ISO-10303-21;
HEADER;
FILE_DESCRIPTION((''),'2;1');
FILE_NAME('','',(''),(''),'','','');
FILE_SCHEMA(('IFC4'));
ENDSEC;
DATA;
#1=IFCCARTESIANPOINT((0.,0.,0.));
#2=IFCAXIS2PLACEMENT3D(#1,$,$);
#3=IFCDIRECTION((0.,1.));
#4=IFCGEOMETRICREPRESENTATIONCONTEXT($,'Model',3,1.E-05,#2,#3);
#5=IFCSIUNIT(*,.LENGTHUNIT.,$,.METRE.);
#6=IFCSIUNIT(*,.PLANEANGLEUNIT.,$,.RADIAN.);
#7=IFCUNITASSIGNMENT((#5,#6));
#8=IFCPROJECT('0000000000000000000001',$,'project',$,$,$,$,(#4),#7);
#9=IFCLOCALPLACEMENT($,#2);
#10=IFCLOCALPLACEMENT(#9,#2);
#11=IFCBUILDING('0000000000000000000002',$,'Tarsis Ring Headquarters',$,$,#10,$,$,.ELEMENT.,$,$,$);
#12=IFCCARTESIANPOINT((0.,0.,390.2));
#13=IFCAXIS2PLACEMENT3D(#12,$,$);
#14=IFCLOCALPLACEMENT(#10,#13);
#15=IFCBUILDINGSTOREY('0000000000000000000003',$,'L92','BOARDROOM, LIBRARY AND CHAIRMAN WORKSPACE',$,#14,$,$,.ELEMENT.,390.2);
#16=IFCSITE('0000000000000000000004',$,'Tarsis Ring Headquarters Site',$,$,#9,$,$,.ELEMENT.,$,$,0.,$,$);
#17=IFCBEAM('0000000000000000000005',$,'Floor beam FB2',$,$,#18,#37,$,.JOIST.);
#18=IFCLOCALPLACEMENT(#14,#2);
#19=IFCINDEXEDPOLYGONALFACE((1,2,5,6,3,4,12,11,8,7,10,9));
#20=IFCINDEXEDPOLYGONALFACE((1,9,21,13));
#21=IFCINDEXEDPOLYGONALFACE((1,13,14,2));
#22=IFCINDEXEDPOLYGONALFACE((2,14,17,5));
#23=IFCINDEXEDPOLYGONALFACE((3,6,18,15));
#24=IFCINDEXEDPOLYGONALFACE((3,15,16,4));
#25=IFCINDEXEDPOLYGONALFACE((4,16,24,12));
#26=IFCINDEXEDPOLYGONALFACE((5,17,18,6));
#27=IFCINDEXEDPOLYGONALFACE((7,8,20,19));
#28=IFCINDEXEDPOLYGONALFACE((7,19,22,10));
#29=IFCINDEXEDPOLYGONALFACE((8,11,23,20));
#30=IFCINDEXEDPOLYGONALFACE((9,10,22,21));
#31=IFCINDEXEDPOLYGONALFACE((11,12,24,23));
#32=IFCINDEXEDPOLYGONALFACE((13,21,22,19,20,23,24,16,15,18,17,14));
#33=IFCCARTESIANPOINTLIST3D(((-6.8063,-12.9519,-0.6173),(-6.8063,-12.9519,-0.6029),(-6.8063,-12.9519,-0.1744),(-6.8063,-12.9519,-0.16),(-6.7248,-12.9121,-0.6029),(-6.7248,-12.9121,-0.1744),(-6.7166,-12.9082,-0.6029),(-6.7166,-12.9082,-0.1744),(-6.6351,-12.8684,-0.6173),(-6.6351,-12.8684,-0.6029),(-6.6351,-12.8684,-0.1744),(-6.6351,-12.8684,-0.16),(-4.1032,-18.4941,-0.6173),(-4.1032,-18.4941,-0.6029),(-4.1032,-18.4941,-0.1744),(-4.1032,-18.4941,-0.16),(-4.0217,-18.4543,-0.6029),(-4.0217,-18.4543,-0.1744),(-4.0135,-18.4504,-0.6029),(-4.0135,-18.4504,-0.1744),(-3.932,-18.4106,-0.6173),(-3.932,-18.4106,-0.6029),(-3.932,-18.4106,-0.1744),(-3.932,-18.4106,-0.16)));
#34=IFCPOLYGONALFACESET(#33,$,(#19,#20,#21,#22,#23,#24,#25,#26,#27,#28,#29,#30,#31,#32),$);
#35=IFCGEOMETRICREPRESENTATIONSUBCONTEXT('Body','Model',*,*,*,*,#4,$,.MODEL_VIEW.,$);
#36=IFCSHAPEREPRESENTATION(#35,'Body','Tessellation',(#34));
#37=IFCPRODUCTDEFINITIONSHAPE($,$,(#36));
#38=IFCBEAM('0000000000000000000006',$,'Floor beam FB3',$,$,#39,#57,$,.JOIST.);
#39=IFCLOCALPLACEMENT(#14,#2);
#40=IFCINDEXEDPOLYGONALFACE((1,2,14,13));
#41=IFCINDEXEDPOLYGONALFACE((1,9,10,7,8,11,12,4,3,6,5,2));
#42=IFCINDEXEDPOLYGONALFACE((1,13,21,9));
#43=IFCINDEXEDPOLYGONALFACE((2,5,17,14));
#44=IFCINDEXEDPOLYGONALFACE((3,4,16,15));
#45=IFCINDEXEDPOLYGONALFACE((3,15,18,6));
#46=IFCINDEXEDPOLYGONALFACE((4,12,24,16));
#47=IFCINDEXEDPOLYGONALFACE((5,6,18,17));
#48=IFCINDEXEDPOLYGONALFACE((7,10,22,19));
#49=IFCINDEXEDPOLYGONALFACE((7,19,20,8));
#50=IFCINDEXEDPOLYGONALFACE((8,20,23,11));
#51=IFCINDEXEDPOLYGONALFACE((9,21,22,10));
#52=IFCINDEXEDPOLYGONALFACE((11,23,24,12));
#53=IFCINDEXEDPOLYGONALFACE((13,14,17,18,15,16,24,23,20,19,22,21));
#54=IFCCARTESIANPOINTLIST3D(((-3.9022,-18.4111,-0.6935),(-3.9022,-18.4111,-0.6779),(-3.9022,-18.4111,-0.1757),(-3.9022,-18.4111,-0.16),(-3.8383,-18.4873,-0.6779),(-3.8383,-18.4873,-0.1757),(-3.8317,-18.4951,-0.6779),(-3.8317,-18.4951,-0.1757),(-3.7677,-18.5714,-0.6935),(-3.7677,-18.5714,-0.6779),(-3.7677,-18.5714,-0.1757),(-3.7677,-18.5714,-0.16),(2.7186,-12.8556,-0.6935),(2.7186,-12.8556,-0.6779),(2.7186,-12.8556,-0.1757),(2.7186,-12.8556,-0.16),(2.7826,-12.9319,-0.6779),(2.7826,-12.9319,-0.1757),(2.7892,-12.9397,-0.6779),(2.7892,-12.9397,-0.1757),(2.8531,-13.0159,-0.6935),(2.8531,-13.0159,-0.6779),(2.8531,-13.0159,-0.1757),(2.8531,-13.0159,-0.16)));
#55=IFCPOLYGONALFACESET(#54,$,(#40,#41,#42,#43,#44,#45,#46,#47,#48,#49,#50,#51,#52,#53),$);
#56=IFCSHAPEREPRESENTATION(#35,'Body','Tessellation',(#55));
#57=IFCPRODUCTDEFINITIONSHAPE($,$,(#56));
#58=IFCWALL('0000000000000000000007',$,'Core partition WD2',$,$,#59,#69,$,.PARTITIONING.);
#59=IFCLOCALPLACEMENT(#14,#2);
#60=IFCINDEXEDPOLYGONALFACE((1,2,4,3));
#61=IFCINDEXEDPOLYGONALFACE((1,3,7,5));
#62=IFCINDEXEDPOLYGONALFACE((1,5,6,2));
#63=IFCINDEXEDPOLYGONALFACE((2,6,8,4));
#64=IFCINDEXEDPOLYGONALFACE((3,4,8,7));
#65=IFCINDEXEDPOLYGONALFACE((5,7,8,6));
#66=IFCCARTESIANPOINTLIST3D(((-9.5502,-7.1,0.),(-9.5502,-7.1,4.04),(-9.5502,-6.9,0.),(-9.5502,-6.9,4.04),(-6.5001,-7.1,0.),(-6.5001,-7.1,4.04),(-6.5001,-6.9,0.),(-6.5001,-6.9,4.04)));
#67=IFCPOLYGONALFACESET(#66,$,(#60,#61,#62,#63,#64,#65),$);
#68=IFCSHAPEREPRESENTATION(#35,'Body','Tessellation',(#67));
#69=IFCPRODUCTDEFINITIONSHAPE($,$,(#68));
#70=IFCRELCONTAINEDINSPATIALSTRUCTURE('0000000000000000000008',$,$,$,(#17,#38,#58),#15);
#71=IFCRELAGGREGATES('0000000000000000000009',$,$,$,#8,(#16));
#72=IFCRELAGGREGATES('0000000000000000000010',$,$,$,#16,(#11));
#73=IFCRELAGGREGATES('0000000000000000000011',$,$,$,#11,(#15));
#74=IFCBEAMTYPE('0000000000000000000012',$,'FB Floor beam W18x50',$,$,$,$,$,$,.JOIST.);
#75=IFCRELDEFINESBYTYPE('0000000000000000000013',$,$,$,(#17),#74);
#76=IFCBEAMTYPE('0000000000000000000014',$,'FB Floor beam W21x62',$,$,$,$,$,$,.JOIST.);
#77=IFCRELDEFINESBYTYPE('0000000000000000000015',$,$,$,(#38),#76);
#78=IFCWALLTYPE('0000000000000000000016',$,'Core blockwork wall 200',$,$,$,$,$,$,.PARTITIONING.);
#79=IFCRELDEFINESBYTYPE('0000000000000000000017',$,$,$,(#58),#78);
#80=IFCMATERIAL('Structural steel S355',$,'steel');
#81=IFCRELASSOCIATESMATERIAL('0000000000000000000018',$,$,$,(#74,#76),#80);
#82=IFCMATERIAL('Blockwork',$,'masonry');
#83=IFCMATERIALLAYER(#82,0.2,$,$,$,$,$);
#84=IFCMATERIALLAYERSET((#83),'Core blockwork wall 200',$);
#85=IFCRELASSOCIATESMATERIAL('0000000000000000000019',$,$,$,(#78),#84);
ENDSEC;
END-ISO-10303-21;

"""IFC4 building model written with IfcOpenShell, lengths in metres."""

from ifc_helpers import new_model, si_unit, direction, frame, frame_2d, origin, origin_2d, place, context, subcontext, project, spatial, rectangle, i_section, extrude, material, layer, layer_set, material_profile, profile_set, type_object, element, save


model = new_model("IFC4")

# Units and contexts
model_context = context("Model", 3, precision=1e-05, world=origin(), true_north=direction((0.0, 1.0)))
body_context = subcontext(model_context, "Body", "Model", "MODEL_VIEW")
ifc_project = project(units=[si_unit("LENGTHUNIT", "METRE"), si_unit("PLANEANGLEUNIT", "RADIAN")], contexts=[model_context])

# Site, building, storey
site_placement = place(None, origin())
site = spatial("IfcSite", under=ifc_project, at=site_placement, Name="Tarsis Ring Headquarters Site", CompositionType="ELEMENT", RefElevation=0.0)
building_placement = place(site_placement, origin())
building = spatial("IfcBuilding", under=site, at=building_placement, Name="Tarsis Ring Headquarters", CompositionType="ELEMENT")
storey_placement = place(building_placement, frame((0.0, 0.0, 390.2)))
storey = spatial("IfcBuildingStorey", under=building, at=storey_placement, Name="L92", Description="BOARDROOM, LIBRARY AND CHAIRMAN WORKSPACE", CompositionType="ELEMENT", Elevation=390.2)

# Beams
ifc_material_1 = material(Name="Structural steel S355", Category="steel")
ifc_material_profile_1 = material_profile(ifc_material_1, i_section(OverallWidth=0.1904, OverallDepth=0.4573, WebThickness=0.009, FlangeThickness=0.0144, at=origin_2d()), Name="W18x50")
ifc_profile_set_1 = profile_set([ifc_material_profile_1], Name="Structural steel S355")
beam_type_1 = type_object("IfcBeamType", Name="FB Floor beam W18x50", PredefinedType="JOIST", material=ifc_profile_set_1)
beam_1_placement = place(storey_placement, frame((-6.7207, -12.9102, -0.3887), z_axis=(0.438371, -0.898794, 0.0), x_axis=(0.898794, 0.438371, 0.0)))
element("IfcBeam", 1, at=beam_1_placement, inside=storey, type_object=beam_type_1, Name="Floor beam FB2", PredefinedType="JOIST", context=body_context, shape_type="SweptSolid", body=[
    extrude(i_section(OverallWidth=0.1904, OverallDepth=0.4573, WebThickness=0.009, FlangeThickness=0.0144, at=origin_2d()), origin(), (0.0, 0.0, 1.0), 6.1663),
])
ifc_material_profile_2 = material_profile(ifc_material_1, i_section(OverallWidth=0.2092, OverallDepth=0.5334, WebThickness=0.0103, FlangeThickness=0.0156, at=origin_2d()), Name="W21x62")
ifc_profile_set_2 = profile_set([ifc_material_profile_2], Name="Structural steel S355")
beam_type_2 = type_object("IfcBeamType", Name="FB Floor beam W21x62", PredefinedType="JOIST", material=ifc_profile_set_2)
beam_2_placement = place(storey_placement, frame((-3.835, -18.4912, -0.4268), z_axis=(0.766052, 0.642779, 0.0), x_axis=(-0.642779, 0.766052, 0.0)))
element("IfcBeam", 2, at=beam_2_placement, inside=storey, type_object=beam_type_2, Name="Floor beam FB3", PredefinedType="JOIST", context=body_context, shape_type="SweptSolid", body=[
    extrude(i_section(OverallWidth=0.2092, OverallDepth=0.5334, WebThickness=0.0103, FlangeThickness=0.0156, at=origin_2d()), origin(), (0.0, 0.0, 1.0), 8.6428),
])

# Wall
ifc_material_2 = material(Name="Blockwork", Category="masonry")
ifc_layer_1 = layer(ifc_material_2, 0.2)
ifc_layer_set_1 = layer_set([ifc_layer_1], Name="Core blockwork wall 200")
wall_type_1 = type_object("IfcWallType", Name="Core blockwork wall 200", PredefinedType="PARTITIONING", material=ifc_layer_set_1)
wall_1_placement = place(storey_placement, frame((-9.55, -7.0, 0.0), z_axis=(0.0, 0.0, 1.0), x_axis=(1.0, 0.0, 0.0)))
element("IfcWall", 3, at=wall_1_placement, inside=storey, type_object=wall_type_1, Name="Core partition WD2", PredefinedType="PARTITIONING", context=body_context, shape_type="SweptSolid", body=[
    extrude(rectangle(XDim=3.05, YDim=0.2, at=frame_2d((1.5249, 0.0))), origin(), (0.0, 0.0, 1.0), 4.04),
])

save(model, "model.ifc")
